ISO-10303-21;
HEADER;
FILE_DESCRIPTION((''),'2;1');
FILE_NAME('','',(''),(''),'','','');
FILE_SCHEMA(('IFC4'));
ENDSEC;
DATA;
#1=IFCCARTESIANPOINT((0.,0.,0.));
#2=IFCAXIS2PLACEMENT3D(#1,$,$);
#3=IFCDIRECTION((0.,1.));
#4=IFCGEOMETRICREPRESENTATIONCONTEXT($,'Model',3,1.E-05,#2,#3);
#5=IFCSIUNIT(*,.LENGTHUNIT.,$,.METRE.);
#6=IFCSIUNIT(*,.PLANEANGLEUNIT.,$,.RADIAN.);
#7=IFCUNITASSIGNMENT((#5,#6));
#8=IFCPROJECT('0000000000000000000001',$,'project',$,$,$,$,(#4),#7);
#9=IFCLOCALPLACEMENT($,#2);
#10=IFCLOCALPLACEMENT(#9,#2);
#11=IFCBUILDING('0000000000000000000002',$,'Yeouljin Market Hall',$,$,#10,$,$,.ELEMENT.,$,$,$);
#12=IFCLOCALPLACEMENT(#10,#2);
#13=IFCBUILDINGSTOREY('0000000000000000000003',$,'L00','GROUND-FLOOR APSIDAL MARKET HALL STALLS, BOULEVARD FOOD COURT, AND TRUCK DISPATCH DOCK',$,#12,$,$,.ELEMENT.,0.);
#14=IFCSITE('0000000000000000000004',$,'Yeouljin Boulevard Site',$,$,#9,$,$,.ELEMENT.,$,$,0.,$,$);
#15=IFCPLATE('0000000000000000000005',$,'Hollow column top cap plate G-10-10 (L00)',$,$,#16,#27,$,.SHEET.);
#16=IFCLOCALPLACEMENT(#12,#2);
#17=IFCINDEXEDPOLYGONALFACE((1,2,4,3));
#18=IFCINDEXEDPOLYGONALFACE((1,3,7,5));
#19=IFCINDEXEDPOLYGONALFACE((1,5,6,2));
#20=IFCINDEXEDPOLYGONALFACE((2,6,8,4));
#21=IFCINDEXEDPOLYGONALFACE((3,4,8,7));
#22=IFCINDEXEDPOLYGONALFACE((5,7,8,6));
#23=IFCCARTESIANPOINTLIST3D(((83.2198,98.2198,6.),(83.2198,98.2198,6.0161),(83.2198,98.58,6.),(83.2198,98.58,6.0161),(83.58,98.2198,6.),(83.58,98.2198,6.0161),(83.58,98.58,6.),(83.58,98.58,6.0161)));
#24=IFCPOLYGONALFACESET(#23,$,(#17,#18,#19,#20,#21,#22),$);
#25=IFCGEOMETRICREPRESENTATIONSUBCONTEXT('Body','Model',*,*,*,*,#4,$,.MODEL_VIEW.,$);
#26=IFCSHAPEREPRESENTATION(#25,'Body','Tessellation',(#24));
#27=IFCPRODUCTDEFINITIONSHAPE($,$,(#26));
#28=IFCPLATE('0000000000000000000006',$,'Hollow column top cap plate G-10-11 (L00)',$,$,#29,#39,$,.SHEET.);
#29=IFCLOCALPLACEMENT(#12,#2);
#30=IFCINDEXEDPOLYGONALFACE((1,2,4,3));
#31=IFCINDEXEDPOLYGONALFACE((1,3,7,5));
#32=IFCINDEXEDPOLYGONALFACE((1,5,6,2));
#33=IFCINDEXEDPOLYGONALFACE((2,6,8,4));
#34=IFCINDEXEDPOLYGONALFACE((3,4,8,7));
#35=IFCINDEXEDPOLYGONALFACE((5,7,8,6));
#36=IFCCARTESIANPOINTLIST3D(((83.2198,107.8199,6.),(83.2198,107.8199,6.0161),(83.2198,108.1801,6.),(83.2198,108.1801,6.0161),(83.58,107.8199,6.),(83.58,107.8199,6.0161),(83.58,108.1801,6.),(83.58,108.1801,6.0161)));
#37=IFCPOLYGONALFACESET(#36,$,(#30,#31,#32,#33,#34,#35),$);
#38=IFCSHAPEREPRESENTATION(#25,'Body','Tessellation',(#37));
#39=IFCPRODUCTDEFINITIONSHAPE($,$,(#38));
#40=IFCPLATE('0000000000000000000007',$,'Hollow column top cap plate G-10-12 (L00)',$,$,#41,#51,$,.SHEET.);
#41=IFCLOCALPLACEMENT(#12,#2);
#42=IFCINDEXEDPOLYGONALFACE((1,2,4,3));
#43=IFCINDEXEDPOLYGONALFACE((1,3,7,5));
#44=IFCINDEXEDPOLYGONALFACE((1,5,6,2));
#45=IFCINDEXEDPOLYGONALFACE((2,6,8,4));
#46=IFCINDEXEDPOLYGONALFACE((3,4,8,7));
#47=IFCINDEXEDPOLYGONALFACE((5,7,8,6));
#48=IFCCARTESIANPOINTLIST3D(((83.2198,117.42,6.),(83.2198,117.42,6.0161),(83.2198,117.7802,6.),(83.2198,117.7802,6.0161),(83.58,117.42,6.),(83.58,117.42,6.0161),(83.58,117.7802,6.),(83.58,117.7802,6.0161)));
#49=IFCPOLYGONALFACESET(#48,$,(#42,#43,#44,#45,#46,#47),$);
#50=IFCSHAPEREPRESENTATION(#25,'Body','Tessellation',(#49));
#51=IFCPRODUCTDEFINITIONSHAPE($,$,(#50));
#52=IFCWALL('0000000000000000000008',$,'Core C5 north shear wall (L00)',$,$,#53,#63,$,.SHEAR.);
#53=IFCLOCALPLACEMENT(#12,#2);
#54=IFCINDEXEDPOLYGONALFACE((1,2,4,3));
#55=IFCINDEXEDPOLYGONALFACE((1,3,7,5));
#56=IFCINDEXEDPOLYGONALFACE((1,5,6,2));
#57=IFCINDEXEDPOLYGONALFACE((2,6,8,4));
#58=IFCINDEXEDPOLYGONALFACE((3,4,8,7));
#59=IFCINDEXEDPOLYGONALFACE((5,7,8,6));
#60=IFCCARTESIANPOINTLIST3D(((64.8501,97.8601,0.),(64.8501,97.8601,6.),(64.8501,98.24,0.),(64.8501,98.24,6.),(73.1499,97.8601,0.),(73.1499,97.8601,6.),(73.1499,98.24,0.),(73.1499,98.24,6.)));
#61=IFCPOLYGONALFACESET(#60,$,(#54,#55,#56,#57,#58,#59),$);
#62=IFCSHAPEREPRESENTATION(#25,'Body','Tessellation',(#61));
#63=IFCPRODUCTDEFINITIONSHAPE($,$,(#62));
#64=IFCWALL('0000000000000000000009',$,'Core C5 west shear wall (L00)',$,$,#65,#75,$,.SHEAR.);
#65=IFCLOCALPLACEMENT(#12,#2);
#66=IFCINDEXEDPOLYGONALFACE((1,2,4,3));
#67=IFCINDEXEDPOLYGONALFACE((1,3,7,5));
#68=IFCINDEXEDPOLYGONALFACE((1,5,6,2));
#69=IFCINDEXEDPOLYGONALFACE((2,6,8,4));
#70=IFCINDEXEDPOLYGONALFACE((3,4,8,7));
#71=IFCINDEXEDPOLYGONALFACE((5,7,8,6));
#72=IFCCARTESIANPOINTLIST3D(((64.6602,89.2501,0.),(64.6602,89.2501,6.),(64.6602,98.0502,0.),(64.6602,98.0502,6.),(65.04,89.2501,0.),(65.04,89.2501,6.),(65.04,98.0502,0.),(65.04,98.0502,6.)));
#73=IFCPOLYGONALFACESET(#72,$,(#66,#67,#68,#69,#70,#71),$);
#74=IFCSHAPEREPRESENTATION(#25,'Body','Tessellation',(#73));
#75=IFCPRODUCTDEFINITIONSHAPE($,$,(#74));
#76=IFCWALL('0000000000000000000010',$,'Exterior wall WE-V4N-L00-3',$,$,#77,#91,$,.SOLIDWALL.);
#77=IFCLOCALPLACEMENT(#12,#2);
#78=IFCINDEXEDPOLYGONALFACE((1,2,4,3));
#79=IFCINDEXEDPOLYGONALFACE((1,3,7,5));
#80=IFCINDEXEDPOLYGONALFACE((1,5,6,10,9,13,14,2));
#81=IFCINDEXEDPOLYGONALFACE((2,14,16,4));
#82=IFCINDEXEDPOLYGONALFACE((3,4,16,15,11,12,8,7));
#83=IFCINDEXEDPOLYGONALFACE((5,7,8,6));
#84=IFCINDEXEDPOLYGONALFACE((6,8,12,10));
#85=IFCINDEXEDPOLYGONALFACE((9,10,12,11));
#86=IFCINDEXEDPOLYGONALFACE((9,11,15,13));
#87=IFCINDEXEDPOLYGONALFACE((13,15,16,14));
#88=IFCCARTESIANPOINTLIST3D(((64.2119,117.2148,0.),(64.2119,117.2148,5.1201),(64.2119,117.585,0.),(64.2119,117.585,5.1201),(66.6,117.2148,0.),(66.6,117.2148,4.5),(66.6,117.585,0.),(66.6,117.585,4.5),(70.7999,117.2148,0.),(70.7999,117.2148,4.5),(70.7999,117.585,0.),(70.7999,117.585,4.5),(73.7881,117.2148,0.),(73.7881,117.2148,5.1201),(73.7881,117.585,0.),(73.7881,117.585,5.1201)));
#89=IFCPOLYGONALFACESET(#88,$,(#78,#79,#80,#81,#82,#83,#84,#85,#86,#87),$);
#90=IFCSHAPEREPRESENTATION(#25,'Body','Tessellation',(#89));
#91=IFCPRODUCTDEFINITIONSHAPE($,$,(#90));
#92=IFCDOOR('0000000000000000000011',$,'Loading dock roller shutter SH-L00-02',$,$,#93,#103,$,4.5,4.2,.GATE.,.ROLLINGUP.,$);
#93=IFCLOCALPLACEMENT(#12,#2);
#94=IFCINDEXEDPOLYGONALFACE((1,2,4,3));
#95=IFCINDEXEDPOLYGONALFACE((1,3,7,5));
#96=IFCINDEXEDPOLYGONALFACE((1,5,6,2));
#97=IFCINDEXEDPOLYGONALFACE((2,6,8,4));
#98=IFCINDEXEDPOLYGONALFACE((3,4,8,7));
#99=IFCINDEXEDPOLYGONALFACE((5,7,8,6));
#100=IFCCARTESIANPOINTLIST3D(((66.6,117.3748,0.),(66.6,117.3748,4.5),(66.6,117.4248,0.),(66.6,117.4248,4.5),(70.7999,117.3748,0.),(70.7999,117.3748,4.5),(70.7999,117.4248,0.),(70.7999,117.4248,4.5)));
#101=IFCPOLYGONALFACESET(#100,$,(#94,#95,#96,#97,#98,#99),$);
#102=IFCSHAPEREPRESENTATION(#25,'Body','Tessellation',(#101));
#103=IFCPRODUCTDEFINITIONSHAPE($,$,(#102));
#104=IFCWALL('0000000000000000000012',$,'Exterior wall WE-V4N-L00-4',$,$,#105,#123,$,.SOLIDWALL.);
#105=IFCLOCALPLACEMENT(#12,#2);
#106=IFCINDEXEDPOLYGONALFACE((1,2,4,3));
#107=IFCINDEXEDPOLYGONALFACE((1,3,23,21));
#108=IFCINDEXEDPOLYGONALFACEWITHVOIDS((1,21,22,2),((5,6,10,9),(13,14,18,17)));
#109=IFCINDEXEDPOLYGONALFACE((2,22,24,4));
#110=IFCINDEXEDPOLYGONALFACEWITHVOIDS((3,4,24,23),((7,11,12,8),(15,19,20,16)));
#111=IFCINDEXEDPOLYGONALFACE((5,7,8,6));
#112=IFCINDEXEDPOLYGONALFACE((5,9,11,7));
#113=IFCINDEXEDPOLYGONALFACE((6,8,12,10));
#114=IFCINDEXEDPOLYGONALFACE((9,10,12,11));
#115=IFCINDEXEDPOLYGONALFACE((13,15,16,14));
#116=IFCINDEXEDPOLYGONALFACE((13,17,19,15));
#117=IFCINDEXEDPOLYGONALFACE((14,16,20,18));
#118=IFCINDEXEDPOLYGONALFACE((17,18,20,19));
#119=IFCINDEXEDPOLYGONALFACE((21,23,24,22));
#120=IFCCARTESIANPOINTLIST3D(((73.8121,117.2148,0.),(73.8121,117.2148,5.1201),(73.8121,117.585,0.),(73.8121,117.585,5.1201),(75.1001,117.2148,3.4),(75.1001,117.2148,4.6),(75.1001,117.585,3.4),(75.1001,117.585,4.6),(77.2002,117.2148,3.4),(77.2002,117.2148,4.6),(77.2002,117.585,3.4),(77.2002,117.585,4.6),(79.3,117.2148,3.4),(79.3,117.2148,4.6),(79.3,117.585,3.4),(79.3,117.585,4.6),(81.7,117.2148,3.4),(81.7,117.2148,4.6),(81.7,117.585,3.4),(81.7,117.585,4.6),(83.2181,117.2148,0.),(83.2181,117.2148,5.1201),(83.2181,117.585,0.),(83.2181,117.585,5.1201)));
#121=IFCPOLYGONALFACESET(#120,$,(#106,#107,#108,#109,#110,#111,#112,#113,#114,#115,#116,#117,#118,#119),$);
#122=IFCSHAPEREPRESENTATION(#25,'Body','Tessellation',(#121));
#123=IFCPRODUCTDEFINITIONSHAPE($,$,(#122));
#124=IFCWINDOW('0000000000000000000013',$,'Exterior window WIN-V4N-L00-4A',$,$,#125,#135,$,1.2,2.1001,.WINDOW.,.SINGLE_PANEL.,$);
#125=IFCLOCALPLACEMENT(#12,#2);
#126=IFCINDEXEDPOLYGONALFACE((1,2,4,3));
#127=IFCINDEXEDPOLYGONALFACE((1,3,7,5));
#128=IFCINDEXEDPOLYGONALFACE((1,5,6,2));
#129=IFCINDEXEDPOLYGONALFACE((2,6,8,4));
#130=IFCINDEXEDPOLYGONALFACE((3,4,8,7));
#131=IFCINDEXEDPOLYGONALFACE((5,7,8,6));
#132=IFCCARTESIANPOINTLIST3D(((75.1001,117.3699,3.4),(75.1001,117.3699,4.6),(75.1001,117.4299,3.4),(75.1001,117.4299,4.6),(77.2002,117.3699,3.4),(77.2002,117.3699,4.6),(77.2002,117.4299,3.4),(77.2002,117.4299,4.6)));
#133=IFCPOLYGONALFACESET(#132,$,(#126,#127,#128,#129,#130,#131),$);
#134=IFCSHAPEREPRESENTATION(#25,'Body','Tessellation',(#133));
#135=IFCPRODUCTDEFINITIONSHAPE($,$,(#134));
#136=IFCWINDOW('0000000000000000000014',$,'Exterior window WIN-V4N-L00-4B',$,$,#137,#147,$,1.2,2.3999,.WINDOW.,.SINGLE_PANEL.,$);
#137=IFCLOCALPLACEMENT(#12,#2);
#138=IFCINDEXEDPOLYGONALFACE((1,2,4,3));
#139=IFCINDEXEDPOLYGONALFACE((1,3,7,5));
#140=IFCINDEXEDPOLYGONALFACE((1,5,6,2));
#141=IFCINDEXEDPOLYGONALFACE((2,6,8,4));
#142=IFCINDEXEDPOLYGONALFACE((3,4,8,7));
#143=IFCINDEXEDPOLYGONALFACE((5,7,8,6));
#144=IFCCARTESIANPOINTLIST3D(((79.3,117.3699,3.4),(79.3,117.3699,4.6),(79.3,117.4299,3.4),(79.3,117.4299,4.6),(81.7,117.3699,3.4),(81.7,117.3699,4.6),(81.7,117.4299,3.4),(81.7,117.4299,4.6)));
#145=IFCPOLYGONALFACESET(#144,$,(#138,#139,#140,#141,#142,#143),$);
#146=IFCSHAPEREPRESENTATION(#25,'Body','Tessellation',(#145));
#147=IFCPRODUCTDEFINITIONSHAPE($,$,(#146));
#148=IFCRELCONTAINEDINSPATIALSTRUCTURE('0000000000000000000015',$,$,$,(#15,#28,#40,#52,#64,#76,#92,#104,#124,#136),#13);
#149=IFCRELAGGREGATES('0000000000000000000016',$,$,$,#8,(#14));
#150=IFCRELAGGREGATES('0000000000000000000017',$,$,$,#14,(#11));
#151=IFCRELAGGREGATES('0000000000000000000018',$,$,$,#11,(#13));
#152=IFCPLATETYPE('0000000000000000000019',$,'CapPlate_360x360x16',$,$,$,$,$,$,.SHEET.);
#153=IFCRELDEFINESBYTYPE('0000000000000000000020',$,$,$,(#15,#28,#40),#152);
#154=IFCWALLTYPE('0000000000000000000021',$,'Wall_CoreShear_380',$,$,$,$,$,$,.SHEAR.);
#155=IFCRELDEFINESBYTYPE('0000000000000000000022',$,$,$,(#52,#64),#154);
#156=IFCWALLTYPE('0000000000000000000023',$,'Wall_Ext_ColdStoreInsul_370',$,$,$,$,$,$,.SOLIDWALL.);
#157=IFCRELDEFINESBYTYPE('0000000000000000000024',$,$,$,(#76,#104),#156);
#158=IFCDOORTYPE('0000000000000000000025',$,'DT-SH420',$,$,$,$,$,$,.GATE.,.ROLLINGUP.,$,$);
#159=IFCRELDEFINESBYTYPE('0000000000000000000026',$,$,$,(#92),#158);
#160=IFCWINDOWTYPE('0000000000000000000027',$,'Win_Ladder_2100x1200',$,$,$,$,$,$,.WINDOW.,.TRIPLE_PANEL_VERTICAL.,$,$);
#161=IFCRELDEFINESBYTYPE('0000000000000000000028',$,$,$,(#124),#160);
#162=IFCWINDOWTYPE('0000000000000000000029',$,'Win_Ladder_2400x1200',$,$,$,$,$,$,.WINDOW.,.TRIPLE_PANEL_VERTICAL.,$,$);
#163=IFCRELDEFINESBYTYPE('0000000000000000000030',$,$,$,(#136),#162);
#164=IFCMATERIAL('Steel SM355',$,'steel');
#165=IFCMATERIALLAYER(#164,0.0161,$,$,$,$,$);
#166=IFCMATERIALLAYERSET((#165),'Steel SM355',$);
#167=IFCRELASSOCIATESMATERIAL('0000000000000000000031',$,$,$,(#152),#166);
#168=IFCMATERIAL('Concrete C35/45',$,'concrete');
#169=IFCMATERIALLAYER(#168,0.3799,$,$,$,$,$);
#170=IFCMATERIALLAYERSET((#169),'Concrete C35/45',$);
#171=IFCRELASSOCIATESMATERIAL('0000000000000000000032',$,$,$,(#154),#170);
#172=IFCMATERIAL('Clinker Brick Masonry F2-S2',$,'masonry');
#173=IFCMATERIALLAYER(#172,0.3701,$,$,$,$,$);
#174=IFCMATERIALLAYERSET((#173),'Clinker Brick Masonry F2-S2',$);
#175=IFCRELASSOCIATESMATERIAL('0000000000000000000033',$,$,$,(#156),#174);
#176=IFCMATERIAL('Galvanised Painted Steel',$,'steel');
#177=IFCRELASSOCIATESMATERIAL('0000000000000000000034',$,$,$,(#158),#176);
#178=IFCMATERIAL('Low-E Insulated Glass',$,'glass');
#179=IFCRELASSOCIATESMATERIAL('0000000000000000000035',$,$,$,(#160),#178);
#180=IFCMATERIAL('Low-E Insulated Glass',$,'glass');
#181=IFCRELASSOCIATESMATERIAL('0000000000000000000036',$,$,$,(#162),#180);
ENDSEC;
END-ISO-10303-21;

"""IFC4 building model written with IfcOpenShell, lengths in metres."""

from ifc_helpers import new_model, si_unit, direction, frame, frame_2d, origin, origin_2d, place, context, subcontext, project, spatial, rectangle, extrude, material, layer, layer_set, type_object, element, fill, save


model = new_model("IFC4")

# Units and contexts
model_context = context("Model", 3, precision=1e-05, world=origin(), true_north=direction((0.0, 1.0)))
body_context = subcontext(model_context, "Body", "Model", "MODEL_VIEW")
ifc_project = project(units=[si_unit("LENGTHUNIT", "METRE"), si_unit("PLANEANGLEUNIT", "RADIAN")], contexts=[model_context])

# Site, building, storey
site_placement = place(None, origin())
site = spatial("IfcSite", under=ifc_project, at=site_placement, Name="Yeouljin Boulevard Site", CompositionType="ELEMENT", RefElevation=0.0)
building_placement = place(site_placement, origin())
building = spatial("IfcBuilding", under=site, at=building_placement, Name="Yeouljin Market Hall", CompositionType="ELEMENT")
storey_placement = place(building_placement, origin())
storey = spatial("IfcBuildingStorey", under=building, at=storey_placement, Name="L00", Description="GROUND-FLOOR APSIDAL MARKET HALL STALLS, BOULEVARD FOOD COURT, AND TRUCK DISPATCH DOCK", CompositionType="ELEMENT", Elevation=0.0)

# Plates
ifc_material_1 = material(Name="Steel SM355", Category="steel")
ifc_layer_1 = layer(ifc_material_1, 0.0161)
ifc_layer_set_1 = layer_set([ifc_layer_1], Name="Steel SM355")
plate_type = type_object("IfcPlateType", Name="CapPlate_360x360x16", PredefinedType="SHEET", material=ifc_layer_set_1)
for number, where, z_axis, x_axis, name in (
    (1, (83.3999, 98.3999, 6.0), (0.0, 0.0, 1.0), (1.0, 0.0, 0.0), "Hollow column top cap plate G-10-10 (L00)"),
    (2, (83.3999, 108.0, 6.0), (0.0, 0.0, 1.0), (1.0, 0.0, 0.0), "Hollow column top cap plate G-10-11 (L00)"),
    (3, (83.3999, 117.6001, 6.0), (0.0, 0.0, 1.0), (1.0, 0.0, 0.0), "Hollow column top cap plate G-10-12 (L00)"),
):
    element("IfcPlate", number, at=place(storey_placement, frame(where, z_axis=z_axis, x_axis=x_axis)), inside=storey, type_object=plate_type, Name=name, PredefinedType="SHEET", context=body_context, shape_type="SweptSolid", body=[
        extrude(rectangle(XDim=0.3601, YDim=0.3601, at=origin_2d()), origin(), (0.0, 0.0, 1.0), 0.0161),
    ])

# Walls
ifc_material_2 = material(Name="Concrete C35/45", Category="concrete")
ifc_layer_2 = layer(ifc_material_2, 0.3799)
ifc_layer_set_2 = layer_set([ifc_layer_2], Name="Concrete C35/45")
wall_type_1 = type_object("IfcWallType", Name="Wall_CoreShear_380", PredefinedType="SHEAR", material=ifc_layer_set_2)
wall_1_placement = place(storey_placement, frame((73.1499, 98.05, 0.0), z_axis=(0.0, 0.0, 1.0), x_axis=(-1.0, 0.0, 0.0)))
element("IfcWall", 4, at=wall_1_placement, inside=storey, type_object=wall_type_1, Name="Core C5 north shear wall (L00)", PredefinedType="SHEAR", context=body_context, shape_type="SweptSolid", body=[
    extrude(rectangle(XDim=8.2998, YDim=0.3799, at=frame_2d((4.1499, 0.0))), origin(), (0.0, 0.0, 1.0), 6.0),
])
wall_2_placement = place(storey_placement, frame((64.8501, 98.05, 0.0), z_axis=(0.0, 0.0, 1.0), x_axis=(0.0, -1.0, 0.0)))
element("IfcWall", 5, at=wall_2_placement, inside=storey, type_object=wall_type_1, Name="Core C5 west shear wall (L00)", PredefinedType="SHEAR", context=body_context, shape_type="SweptSolid", body=[
    extrude(rectangle(XDim=8.8, YDim=0.3799, at=frame_2d((4.3999, 0.0))), origin(), (0.0, 0.0, 1.0), 6.0),
])

# Wall, opening, door
ifc_material_3 = material(Name="Clinker Brick Masonry F2-S2", Category="masonry")
ifc_layer_3 = layer(ifc_material_3, 0.3701)
ifc_layer_set_3 = layer_set([ifc_layer_3], Name="Clinker Brick Masonry F2-S2")
wall_type_2 = type_object("IfcWallType", Name="Wall_Ext_ColdStoreInsul_370", PredefinedType="SOLIDWALL", material=ifc_layer_set_3)
wall_3_placement = place(storey_placement, frame((64.2119, 117.3999, 0.0), z_axis=(0.0, 0.0, 1.0), x_axis=(1.0, 0.0, 0.0)))
wall_3 = element("IfcWall", 6, at=wall_3_placement, inside=storey, type_object=wall_type_2, Name="Exterior wall WE-V4N-L00-3", PredefinedType="SOLIDWALL", context=body_context, shape_type="SweptSolid", body=[
    extrude(rectangle(XDim=9.5762, YDim=0.3701, at=frame_2d((4.7881, 0.0))), origin(), (0.0, 0.0, 1.0), 5.1201),
])
opening_1_placement = place(wall_3_placement, frame((2.3879, 0.0, 0.0)))
opening_1 = element("IfcOpeningElement", 7, at=opening_1_placement, cuts=wall_3, PredefinedType="OPENING", context=body_context, shape_type="SweptSolid", body=[
    extrude(rectangle(XDim=4.2, YDim=4.5, at=frame_2d((2.1001, 2.25))), frame((0.0, 0.1951, 0.0), z_axis=(0.0, -1.0, 0.0), x_axis=(1.0, 0.0, 0.0)), (0.0, 0.0, 1.0), 0.3901),
])
ifc_material_4 = material(Name="Galvanised Painted Steel", Category="steel")
door_type = type_object("IfcDoorType", Name="DT-SH420", OperationType="ROLLINGUP", PredefinedType="GATE", material=ifc_material_4)
door_placement = place(opening_1_placement, origin())
door = element("IfcDoor", 8, at=door_placement, inside=storey, type_object=door_type, Name="Loading dock roller shutter SH-L00-02", OperationType="ROLLINGUP", OverallHeight=4.5, OverallWidth=4.2, PredefinedType="GATE", context=body_context, shape_type="SweptSolid", body=[
    extrude(rectangle(XDim=4.2, YDim=4.5, at=frame_2d((2.1001, 2.25))), frame((0.0, 0.0249, 0.0), z_axis=(0.0, -1.0, 0.0), x_axis=(1.0, 0.0, 0.0)), (0.0, 0.0, 1.0), 0.05),
])
fill(opening_1, door)

# Wall, openings, windows
wall_4_placement = place(storey_placement, frame((73.812, 117.3999, 0.0), z_axis=(0.0, 0.0, 1.0), x_axis=(1.0, 0.0, 0.0)))
wall_4 = element("IfcWall", 9, at=wall_4_placement, inside=storey, type_object=wall_type_2, Name="Exterior wall WE-V4N-L00-4", PredefinedType="SOLIDWALL", context=body_context, shape_type="SweptSolid", body=[
    extrude(rectangle(XDim=9.406, YDim=0.3701, at=frame_2d((4.7031, 0.0))), origin(), (0.0, 0.0, 1.0), 5.1201),
])
opening_2_placement = place(wall_4_placement, frame((1.2881, 0.0, 3.3999)))
opening_2 = element("IfcOpeningElement", 10, at=opening_2_placement, cuts=wall_4, PredefinedType="OPENING", context=body_context, shape_type="SweptSolid", body=[
    extrude(rectangle(XDim=2.1001, YDim=1.2, at=frame_2d((1.05, 0.6001))), frame((0.0, 0.1951, 0.0), z_axis=(0.0, -1.0, 0.0), x_axis=(1.0, 0.0, 0.0)), (0.0, 0.0, 1.0), 0.3901),
])
opening_3_placement = place(wall_4_placement, frame((5.488, 0.0, 3.3999)))
opening_3 = element("IfcOpeningElement", 11, at=opening_3_placement, cuts=wall_4, PredefinedType="OPENING", context=body_context, shape_type="SweptSolid", body=[
    extrude(rectangle(XDim=2.3999, YDim=1.2, at=frame_2d((1.2, 0.6001))), frame((0.0, 0.1951, 0.0), z_axis=(0.0, -1.0, 0.0), x_axis=(1.0, 0.0, 0.0)), (0.0, 0.0, 1.0), 0.3901),
])
ifc_material_5 = material(Name="Low-E Insulated Glass", Category="glass")
window_type_1 = type_object("IfcWindowType", Name="Win_Ladder_2100x1200", PartitioningType="TRIPLE_PANEL_VERTICAL", PredefinedType="WINDOW", material=ifc_material_5)
window_1_placement = place(opening_2_placement, origin())
window_1 = element("IfcWindow", 12, at=window_1_placement, inside=storey, type_object=window_type_1, Name="Exterior window WIN-V4N-L00-4A", OverallHeight=1.2, OverallWidth=2.1001, PartitioningType="SINGLE_PANEL", PredefinedType="WINDOW", context=body_context, shape_type="SweptSolid", body=[
    extrude(rectangle(XDim=2.1001, YDim=1.2, at=frame_2d((1.05, 0.6001))), frame((0.0, 0.03, 0.0), z_axis=(0.0, -1.0, 0.0), x_axis=(1.0, 0.0, 0.0)), (0.0, 0.0, 1.0), 0.0601),
])
fill(opening_2, window_1)
ifc_material_6 = material(Name="Low-E Insulated Glass", Category="glass")
window_type_2 = type_object("IfcWindowType", Name="Win_Ladder_2400x1200", PartitioningType="TRIPLE_PANEL_VERTICAL", PredefinedType="WINDOW", material=ifc_material_6)
window_2_placement = place(opening_3_placement, origin())
window_2 = element("IfcWindow", 13, at=window_2_placement, inside=storey, type_object=window_type_2, Name="Exterior window WIN-V4N-L00-4B", OverallHeight=1.2, OverallWidth=2.3999, PartitioningType="SINGLE_PANEL", PredefinedType="WINDOW", context=body_context, shape_type="SweptSolid", body=[
    extrude(rectangle(XDim=2.3999, YDim=1.2, at=frame_2d((1.2, 0.6001))), frame((0.0, 0.03, 0.0), z_axis=(0.0, -1.0, 0.0), x_axis=(1.0, 0.0, 0.0)), (0.0, 0.0, 1.0), 0.0601),
])
fill(opening_3, window_2)

save(model, "model.ifc")
